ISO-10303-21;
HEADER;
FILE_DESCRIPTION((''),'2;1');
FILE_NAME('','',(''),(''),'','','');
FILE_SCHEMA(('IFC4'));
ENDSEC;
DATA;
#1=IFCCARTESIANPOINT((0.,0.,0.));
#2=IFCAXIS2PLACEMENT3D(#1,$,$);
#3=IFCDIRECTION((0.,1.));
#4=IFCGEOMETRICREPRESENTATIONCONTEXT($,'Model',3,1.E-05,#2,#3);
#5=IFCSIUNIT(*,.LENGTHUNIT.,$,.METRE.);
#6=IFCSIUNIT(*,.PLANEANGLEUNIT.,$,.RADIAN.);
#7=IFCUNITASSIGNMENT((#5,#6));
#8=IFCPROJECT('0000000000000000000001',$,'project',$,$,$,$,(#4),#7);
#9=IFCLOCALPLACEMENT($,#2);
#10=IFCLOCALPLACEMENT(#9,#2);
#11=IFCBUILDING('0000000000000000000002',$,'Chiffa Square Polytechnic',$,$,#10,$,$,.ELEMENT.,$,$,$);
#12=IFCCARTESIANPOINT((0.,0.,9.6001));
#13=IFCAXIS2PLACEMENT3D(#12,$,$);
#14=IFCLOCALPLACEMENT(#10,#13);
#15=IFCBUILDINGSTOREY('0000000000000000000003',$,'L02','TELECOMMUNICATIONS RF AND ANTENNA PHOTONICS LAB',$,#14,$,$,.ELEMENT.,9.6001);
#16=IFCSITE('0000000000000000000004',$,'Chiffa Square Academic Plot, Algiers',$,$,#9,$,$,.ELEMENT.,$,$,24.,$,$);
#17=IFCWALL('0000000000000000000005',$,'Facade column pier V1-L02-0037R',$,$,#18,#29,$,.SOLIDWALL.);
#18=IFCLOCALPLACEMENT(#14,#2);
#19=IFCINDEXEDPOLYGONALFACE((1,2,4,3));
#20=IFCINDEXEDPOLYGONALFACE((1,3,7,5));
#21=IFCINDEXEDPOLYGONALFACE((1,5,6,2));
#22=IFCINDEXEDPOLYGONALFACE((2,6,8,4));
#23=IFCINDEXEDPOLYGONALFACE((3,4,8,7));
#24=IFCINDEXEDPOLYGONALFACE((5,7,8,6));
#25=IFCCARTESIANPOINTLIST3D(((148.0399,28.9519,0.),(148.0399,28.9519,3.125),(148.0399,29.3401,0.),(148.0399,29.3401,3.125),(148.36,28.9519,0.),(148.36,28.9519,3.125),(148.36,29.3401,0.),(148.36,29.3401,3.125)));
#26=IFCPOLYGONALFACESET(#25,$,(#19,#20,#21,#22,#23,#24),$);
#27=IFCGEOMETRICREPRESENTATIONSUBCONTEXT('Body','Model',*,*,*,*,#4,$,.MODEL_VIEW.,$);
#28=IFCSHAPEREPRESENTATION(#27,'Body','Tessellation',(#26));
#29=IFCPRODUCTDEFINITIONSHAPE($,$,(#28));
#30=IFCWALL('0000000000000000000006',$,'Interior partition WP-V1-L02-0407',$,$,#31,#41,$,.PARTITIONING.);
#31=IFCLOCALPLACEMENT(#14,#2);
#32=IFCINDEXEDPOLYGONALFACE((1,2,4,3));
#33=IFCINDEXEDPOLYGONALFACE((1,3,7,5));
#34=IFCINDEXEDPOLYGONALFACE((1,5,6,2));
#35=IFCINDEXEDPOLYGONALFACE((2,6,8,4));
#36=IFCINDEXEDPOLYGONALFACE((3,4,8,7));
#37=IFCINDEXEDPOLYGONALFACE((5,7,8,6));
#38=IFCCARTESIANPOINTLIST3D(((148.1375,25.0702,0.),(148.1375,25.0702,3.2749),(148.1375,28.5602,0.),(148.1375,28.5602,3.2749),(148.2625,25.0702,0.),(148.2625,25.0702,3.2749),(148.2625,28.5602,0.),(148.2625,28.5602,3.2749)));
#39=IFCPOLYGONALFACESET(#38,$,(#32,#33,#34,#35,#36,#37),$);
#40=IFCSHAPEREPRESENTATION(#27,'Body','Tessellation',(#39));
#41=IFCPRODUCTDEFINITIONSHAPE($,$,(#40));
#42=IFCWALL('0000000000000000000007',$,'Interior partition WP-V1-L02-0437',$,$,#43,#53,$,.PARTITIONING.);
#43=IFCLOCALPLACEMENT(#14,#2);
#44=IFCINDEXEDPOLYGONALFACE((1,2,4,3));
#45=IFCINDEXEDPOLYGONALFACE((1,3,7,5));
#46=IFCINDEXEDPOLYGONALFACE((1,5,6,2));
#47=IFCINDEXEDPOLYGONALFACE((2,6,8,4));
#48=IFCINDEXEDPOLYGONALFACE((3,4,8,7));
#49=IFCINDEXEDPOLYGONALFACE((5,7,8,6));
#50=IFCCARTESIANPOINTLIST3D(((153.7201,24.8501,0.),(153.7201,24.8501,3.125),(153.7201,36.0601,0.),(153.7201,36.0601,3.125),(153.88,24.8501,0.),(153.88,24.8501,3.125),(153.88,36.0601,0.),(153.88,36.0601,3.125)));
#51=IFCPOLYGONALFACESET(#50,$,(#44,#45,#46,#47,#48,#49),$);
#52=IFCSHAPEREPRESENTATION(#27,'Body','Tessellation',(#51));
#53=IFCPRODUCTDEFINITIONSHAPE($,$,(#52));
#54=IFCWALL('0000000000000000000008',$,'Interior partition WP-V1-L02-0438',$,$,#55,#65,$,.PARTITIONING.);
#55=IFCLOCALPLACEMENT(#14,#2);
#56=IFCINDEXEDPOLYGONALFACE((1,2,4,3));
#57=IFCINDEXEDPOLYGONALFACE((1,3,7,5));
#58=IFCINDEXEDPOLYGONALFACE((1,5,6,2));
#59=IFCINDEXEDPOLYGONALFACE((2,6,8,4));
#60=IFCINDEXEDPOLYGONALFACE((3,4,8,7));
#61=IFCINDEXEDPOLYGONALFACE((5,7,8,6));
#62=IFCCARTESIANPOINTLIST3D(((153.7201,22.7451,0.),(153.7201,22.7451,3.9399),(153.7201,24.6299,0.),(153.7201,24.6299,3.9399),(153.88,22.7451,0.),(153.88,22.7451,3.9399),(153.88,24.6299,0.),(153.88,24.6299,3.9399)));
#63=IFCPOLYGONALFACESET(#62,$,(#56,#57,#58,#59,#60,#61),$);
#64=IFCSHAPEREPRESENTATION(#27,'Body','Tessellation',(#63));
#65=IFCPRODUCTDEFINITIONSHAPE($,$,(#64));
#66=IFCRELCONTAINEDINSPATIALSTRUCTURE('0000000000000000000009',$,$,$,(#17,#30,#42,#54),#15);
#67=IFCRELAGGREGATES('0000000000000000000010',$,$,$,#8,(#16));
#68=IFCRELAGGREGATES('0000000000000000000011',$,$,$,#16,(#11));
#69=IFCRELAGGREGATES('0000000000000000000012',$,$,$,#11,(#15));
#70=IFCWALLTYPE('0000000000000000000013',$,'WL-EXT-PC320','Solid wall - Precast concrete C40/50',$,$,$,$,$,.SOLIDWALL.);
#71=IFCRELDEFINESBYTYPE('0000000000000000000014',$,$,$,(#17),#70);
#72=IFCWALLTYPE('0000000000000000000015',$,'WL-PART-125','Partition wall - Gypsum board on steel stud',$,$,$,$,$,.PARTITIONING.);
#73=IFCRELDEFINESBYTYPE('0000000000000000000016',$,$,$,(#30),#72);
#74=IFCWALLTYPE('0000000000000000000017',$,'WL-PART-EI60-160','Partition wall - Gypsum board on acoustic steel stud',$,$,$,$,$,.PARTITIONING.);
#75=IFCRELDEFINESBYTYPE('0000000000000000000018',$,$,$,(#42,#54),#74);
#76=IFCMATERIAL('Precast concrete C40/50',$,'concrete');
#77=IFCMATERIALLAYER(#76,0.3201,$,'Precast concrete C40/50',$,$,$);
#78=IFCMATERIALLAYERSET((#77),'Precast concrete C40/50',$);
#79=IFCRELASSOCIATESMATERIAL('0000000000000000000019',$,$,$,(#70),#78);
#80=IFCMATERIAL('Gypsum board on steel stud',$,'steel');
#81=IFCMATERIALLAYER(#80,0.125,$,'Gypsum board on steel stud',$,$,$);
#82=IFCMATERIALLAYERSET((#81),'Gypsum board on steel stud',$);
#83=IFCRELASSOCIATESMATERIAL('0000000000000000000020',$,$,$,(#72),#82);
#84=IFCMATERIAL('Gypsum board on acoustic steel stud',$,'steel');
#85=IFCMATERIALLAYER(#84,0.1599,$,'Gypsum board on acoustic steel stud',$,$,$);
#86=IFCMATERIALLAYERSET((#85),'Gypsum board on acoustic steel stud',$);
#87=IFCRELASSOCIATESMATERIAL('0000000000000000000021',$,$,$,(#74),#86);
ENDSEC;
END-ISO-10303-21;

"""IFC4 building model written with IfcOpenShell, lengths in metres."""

from ifc_helpers import new_model, si_unit, direction, frame, frame_2d, origin, place, context, subcontext, project, spatial, rectangle, extrude, material, layer, layer_set, type_object, element, save


model = new_model("IFC4")

# Units and contexts
model_context = context("Model", 3, precision=1e-05, world=origin(), true_north=direction((0.0, 1.0)))
body_context = subcontext(model_context, "Body", "Model", "MODEL_VIEW")
ifc_project = project(units=[si_unit("LENGTHUNIT", "METRE"), si_unit("PLANEANGLEUNIT", "RADIAN")], contexts=[model_context])

# Site, building, storey
site_placement = place(None, origin())
site = spatial("IfcSite", under=ifc_project, at=site_placement, Name="Chiffa Square Academic Plot, Algiers", CompositionType="ELEMENT", RefElevation=24.0)
building_placement = place(site_placement, origin())
building = spatial("IfcBuilding", under=site, at=building_placement, Name="Chiffa Square Polytechnic", CompositionType="ELEMENT")
storey_placement = place(building_placement, frame((0.0, 0.0, 9.6001)))
storey = spatial("IfcBuildingStorey", under=building, at=storey_placement, Name="L02", Description="TELECOMMUNICATIONS RF AND ANTENNA PHOTONICS LAB", CompositionType="ELEMENT", Elevation=9.6001)

# Shared definitions
ifc_material_1 = material(Name="Precast concrete C40/50", Category="concrete")

# Walls
ifc_layer_1 = layer(ifc_material_1, 0.3201, Name="Precast concrete C40/50")
ifc_layer_set_1 = layer_set([ifc_layer_1], Name="Precast concrete C40/50")
wall_type_1 = type_object("IfcWallType", Name="WL-EXT-PC320", Description="Solid wall - Precast concrete C40/50", PredefinedType="SOLIDWALL", material=ifc_layer_set_1)
wall_1_placement = place(storey_placement, frame((148.2, 29.3401, 0.0), z_axis=(0.0, 0.0, 1.0), x_axis=(0.0, -1.0, 0.0)))
element("IfcWall", 1, at=wall_1_placement, inside=storey, type_object=wall_type_1, Name="Facade column pier V1-L02-0037R", PredefinedType="SOLIDWALL", context=body_context, shape_type="SweptSolid", body=[
    extrude(rectangle(XDim=0.3882, YDim=0.3201, at=frame_2d((0.1941, 0.0))), origin(), (0.0, 0.0, 1.0), 3.125),
])
ifc_material_2 = material(Name="Gypsum board on steel stud", Category="steel")
ifc_layer_2 = layer(ifc_material_2, 0.125, Name="Gypsum board on steel stud")
ifc_layer_set_2 = layer_set([ifc_layer_2], Name="Gypsum board on steel stud")
wall_type_2 = type_object("IfcWallType", Name="WL-PART-125", Description="Partition wall - Gypsum board on steel stud", PredefinedType="PARTITIONING", material=ifc_layer_set_2)
wall_2_placement = place(storey_placement, frame((148.2, 25.0701, 0.0), z_axis=(0.0, 0.0, 1.0), x_axis=(0.0, 1.0, 0.0)))
element("IfcWall", 2, at=wall_2_placement, inside=storey, type_object=wall_type_2, Name="Interior partition WP-V1-L02-0407", PredefinedType="PARTITIONING", context=body_context, shape_type="SweptSolid", body=[
    extrude(rectangle(XDim=3.49, YDim=0.125, at=frame_2d((1.7451, 0.0))), origin(), (0.0, 0.0, 1.0), 3.2749),
])
ifc_material_3 = material(Name="Gypsum board on acoustic steel stud", Category="steel")
ifc_layer_3 = layer(ifc_material_3, 0.1599, Name="Gypsum board on acoustic steel stud")
ifc_layer_set_3 = layer_set([ifc_layer_3], Name="Gypsum board on acoustic steel stud")
wall_type_3 = type_object("IfcWallType", Name="WL-PART-EI60-160", Description="Partition wall - Gypsum board on acoustic steel stud", PredefinedType="PARTITIONING", material=ifc_layer_set_3)
wall_3_placement = place(storey_placement, frame((153.8, 24.8501, 0.0), z_axis=(0.0, 0.0, 1.0), x_axis=(0.0, 1.0, 0.0)))
element("IfcWall", 3, at=wall_3_placement, inside=storey, type_object=wall_type_3, Name="Interior partition WP-V1-L02-0437", PredefinedType="PARTITIONING", context=body_context, shape_type="SweptSolid", body=[
    extrude(rectangle(XDim=11.21, YDim=0.1599, at=frame_2d((5.605, 0.0))), origin(), (0.0, 0.0, 1.0), 3.125),
])
wall_4_placement = place(storey_placement, frame((153.8, 22.7451, 0.0), z_axis=(0.0, 0.0, 1.0), x_axis=(0.0, 1.0, 0.0)))
element("IfcWall", 4, at=wall_4_placement, inside=storey, type_object=wall_type_3, Name="Interior partition WP-V1-L02-0438", PredefinedType="PARTITIONING", context=body_context, shape_type="SweptSolid", body=[
    extrude(rectangle(XDim=1.8848, YDim=0.1599, at=frame_2d((0.9424, 0.0))), origin(), (0.0, 0.0, 1.0), 3.9399),
])

save(model, "model.ifc")
